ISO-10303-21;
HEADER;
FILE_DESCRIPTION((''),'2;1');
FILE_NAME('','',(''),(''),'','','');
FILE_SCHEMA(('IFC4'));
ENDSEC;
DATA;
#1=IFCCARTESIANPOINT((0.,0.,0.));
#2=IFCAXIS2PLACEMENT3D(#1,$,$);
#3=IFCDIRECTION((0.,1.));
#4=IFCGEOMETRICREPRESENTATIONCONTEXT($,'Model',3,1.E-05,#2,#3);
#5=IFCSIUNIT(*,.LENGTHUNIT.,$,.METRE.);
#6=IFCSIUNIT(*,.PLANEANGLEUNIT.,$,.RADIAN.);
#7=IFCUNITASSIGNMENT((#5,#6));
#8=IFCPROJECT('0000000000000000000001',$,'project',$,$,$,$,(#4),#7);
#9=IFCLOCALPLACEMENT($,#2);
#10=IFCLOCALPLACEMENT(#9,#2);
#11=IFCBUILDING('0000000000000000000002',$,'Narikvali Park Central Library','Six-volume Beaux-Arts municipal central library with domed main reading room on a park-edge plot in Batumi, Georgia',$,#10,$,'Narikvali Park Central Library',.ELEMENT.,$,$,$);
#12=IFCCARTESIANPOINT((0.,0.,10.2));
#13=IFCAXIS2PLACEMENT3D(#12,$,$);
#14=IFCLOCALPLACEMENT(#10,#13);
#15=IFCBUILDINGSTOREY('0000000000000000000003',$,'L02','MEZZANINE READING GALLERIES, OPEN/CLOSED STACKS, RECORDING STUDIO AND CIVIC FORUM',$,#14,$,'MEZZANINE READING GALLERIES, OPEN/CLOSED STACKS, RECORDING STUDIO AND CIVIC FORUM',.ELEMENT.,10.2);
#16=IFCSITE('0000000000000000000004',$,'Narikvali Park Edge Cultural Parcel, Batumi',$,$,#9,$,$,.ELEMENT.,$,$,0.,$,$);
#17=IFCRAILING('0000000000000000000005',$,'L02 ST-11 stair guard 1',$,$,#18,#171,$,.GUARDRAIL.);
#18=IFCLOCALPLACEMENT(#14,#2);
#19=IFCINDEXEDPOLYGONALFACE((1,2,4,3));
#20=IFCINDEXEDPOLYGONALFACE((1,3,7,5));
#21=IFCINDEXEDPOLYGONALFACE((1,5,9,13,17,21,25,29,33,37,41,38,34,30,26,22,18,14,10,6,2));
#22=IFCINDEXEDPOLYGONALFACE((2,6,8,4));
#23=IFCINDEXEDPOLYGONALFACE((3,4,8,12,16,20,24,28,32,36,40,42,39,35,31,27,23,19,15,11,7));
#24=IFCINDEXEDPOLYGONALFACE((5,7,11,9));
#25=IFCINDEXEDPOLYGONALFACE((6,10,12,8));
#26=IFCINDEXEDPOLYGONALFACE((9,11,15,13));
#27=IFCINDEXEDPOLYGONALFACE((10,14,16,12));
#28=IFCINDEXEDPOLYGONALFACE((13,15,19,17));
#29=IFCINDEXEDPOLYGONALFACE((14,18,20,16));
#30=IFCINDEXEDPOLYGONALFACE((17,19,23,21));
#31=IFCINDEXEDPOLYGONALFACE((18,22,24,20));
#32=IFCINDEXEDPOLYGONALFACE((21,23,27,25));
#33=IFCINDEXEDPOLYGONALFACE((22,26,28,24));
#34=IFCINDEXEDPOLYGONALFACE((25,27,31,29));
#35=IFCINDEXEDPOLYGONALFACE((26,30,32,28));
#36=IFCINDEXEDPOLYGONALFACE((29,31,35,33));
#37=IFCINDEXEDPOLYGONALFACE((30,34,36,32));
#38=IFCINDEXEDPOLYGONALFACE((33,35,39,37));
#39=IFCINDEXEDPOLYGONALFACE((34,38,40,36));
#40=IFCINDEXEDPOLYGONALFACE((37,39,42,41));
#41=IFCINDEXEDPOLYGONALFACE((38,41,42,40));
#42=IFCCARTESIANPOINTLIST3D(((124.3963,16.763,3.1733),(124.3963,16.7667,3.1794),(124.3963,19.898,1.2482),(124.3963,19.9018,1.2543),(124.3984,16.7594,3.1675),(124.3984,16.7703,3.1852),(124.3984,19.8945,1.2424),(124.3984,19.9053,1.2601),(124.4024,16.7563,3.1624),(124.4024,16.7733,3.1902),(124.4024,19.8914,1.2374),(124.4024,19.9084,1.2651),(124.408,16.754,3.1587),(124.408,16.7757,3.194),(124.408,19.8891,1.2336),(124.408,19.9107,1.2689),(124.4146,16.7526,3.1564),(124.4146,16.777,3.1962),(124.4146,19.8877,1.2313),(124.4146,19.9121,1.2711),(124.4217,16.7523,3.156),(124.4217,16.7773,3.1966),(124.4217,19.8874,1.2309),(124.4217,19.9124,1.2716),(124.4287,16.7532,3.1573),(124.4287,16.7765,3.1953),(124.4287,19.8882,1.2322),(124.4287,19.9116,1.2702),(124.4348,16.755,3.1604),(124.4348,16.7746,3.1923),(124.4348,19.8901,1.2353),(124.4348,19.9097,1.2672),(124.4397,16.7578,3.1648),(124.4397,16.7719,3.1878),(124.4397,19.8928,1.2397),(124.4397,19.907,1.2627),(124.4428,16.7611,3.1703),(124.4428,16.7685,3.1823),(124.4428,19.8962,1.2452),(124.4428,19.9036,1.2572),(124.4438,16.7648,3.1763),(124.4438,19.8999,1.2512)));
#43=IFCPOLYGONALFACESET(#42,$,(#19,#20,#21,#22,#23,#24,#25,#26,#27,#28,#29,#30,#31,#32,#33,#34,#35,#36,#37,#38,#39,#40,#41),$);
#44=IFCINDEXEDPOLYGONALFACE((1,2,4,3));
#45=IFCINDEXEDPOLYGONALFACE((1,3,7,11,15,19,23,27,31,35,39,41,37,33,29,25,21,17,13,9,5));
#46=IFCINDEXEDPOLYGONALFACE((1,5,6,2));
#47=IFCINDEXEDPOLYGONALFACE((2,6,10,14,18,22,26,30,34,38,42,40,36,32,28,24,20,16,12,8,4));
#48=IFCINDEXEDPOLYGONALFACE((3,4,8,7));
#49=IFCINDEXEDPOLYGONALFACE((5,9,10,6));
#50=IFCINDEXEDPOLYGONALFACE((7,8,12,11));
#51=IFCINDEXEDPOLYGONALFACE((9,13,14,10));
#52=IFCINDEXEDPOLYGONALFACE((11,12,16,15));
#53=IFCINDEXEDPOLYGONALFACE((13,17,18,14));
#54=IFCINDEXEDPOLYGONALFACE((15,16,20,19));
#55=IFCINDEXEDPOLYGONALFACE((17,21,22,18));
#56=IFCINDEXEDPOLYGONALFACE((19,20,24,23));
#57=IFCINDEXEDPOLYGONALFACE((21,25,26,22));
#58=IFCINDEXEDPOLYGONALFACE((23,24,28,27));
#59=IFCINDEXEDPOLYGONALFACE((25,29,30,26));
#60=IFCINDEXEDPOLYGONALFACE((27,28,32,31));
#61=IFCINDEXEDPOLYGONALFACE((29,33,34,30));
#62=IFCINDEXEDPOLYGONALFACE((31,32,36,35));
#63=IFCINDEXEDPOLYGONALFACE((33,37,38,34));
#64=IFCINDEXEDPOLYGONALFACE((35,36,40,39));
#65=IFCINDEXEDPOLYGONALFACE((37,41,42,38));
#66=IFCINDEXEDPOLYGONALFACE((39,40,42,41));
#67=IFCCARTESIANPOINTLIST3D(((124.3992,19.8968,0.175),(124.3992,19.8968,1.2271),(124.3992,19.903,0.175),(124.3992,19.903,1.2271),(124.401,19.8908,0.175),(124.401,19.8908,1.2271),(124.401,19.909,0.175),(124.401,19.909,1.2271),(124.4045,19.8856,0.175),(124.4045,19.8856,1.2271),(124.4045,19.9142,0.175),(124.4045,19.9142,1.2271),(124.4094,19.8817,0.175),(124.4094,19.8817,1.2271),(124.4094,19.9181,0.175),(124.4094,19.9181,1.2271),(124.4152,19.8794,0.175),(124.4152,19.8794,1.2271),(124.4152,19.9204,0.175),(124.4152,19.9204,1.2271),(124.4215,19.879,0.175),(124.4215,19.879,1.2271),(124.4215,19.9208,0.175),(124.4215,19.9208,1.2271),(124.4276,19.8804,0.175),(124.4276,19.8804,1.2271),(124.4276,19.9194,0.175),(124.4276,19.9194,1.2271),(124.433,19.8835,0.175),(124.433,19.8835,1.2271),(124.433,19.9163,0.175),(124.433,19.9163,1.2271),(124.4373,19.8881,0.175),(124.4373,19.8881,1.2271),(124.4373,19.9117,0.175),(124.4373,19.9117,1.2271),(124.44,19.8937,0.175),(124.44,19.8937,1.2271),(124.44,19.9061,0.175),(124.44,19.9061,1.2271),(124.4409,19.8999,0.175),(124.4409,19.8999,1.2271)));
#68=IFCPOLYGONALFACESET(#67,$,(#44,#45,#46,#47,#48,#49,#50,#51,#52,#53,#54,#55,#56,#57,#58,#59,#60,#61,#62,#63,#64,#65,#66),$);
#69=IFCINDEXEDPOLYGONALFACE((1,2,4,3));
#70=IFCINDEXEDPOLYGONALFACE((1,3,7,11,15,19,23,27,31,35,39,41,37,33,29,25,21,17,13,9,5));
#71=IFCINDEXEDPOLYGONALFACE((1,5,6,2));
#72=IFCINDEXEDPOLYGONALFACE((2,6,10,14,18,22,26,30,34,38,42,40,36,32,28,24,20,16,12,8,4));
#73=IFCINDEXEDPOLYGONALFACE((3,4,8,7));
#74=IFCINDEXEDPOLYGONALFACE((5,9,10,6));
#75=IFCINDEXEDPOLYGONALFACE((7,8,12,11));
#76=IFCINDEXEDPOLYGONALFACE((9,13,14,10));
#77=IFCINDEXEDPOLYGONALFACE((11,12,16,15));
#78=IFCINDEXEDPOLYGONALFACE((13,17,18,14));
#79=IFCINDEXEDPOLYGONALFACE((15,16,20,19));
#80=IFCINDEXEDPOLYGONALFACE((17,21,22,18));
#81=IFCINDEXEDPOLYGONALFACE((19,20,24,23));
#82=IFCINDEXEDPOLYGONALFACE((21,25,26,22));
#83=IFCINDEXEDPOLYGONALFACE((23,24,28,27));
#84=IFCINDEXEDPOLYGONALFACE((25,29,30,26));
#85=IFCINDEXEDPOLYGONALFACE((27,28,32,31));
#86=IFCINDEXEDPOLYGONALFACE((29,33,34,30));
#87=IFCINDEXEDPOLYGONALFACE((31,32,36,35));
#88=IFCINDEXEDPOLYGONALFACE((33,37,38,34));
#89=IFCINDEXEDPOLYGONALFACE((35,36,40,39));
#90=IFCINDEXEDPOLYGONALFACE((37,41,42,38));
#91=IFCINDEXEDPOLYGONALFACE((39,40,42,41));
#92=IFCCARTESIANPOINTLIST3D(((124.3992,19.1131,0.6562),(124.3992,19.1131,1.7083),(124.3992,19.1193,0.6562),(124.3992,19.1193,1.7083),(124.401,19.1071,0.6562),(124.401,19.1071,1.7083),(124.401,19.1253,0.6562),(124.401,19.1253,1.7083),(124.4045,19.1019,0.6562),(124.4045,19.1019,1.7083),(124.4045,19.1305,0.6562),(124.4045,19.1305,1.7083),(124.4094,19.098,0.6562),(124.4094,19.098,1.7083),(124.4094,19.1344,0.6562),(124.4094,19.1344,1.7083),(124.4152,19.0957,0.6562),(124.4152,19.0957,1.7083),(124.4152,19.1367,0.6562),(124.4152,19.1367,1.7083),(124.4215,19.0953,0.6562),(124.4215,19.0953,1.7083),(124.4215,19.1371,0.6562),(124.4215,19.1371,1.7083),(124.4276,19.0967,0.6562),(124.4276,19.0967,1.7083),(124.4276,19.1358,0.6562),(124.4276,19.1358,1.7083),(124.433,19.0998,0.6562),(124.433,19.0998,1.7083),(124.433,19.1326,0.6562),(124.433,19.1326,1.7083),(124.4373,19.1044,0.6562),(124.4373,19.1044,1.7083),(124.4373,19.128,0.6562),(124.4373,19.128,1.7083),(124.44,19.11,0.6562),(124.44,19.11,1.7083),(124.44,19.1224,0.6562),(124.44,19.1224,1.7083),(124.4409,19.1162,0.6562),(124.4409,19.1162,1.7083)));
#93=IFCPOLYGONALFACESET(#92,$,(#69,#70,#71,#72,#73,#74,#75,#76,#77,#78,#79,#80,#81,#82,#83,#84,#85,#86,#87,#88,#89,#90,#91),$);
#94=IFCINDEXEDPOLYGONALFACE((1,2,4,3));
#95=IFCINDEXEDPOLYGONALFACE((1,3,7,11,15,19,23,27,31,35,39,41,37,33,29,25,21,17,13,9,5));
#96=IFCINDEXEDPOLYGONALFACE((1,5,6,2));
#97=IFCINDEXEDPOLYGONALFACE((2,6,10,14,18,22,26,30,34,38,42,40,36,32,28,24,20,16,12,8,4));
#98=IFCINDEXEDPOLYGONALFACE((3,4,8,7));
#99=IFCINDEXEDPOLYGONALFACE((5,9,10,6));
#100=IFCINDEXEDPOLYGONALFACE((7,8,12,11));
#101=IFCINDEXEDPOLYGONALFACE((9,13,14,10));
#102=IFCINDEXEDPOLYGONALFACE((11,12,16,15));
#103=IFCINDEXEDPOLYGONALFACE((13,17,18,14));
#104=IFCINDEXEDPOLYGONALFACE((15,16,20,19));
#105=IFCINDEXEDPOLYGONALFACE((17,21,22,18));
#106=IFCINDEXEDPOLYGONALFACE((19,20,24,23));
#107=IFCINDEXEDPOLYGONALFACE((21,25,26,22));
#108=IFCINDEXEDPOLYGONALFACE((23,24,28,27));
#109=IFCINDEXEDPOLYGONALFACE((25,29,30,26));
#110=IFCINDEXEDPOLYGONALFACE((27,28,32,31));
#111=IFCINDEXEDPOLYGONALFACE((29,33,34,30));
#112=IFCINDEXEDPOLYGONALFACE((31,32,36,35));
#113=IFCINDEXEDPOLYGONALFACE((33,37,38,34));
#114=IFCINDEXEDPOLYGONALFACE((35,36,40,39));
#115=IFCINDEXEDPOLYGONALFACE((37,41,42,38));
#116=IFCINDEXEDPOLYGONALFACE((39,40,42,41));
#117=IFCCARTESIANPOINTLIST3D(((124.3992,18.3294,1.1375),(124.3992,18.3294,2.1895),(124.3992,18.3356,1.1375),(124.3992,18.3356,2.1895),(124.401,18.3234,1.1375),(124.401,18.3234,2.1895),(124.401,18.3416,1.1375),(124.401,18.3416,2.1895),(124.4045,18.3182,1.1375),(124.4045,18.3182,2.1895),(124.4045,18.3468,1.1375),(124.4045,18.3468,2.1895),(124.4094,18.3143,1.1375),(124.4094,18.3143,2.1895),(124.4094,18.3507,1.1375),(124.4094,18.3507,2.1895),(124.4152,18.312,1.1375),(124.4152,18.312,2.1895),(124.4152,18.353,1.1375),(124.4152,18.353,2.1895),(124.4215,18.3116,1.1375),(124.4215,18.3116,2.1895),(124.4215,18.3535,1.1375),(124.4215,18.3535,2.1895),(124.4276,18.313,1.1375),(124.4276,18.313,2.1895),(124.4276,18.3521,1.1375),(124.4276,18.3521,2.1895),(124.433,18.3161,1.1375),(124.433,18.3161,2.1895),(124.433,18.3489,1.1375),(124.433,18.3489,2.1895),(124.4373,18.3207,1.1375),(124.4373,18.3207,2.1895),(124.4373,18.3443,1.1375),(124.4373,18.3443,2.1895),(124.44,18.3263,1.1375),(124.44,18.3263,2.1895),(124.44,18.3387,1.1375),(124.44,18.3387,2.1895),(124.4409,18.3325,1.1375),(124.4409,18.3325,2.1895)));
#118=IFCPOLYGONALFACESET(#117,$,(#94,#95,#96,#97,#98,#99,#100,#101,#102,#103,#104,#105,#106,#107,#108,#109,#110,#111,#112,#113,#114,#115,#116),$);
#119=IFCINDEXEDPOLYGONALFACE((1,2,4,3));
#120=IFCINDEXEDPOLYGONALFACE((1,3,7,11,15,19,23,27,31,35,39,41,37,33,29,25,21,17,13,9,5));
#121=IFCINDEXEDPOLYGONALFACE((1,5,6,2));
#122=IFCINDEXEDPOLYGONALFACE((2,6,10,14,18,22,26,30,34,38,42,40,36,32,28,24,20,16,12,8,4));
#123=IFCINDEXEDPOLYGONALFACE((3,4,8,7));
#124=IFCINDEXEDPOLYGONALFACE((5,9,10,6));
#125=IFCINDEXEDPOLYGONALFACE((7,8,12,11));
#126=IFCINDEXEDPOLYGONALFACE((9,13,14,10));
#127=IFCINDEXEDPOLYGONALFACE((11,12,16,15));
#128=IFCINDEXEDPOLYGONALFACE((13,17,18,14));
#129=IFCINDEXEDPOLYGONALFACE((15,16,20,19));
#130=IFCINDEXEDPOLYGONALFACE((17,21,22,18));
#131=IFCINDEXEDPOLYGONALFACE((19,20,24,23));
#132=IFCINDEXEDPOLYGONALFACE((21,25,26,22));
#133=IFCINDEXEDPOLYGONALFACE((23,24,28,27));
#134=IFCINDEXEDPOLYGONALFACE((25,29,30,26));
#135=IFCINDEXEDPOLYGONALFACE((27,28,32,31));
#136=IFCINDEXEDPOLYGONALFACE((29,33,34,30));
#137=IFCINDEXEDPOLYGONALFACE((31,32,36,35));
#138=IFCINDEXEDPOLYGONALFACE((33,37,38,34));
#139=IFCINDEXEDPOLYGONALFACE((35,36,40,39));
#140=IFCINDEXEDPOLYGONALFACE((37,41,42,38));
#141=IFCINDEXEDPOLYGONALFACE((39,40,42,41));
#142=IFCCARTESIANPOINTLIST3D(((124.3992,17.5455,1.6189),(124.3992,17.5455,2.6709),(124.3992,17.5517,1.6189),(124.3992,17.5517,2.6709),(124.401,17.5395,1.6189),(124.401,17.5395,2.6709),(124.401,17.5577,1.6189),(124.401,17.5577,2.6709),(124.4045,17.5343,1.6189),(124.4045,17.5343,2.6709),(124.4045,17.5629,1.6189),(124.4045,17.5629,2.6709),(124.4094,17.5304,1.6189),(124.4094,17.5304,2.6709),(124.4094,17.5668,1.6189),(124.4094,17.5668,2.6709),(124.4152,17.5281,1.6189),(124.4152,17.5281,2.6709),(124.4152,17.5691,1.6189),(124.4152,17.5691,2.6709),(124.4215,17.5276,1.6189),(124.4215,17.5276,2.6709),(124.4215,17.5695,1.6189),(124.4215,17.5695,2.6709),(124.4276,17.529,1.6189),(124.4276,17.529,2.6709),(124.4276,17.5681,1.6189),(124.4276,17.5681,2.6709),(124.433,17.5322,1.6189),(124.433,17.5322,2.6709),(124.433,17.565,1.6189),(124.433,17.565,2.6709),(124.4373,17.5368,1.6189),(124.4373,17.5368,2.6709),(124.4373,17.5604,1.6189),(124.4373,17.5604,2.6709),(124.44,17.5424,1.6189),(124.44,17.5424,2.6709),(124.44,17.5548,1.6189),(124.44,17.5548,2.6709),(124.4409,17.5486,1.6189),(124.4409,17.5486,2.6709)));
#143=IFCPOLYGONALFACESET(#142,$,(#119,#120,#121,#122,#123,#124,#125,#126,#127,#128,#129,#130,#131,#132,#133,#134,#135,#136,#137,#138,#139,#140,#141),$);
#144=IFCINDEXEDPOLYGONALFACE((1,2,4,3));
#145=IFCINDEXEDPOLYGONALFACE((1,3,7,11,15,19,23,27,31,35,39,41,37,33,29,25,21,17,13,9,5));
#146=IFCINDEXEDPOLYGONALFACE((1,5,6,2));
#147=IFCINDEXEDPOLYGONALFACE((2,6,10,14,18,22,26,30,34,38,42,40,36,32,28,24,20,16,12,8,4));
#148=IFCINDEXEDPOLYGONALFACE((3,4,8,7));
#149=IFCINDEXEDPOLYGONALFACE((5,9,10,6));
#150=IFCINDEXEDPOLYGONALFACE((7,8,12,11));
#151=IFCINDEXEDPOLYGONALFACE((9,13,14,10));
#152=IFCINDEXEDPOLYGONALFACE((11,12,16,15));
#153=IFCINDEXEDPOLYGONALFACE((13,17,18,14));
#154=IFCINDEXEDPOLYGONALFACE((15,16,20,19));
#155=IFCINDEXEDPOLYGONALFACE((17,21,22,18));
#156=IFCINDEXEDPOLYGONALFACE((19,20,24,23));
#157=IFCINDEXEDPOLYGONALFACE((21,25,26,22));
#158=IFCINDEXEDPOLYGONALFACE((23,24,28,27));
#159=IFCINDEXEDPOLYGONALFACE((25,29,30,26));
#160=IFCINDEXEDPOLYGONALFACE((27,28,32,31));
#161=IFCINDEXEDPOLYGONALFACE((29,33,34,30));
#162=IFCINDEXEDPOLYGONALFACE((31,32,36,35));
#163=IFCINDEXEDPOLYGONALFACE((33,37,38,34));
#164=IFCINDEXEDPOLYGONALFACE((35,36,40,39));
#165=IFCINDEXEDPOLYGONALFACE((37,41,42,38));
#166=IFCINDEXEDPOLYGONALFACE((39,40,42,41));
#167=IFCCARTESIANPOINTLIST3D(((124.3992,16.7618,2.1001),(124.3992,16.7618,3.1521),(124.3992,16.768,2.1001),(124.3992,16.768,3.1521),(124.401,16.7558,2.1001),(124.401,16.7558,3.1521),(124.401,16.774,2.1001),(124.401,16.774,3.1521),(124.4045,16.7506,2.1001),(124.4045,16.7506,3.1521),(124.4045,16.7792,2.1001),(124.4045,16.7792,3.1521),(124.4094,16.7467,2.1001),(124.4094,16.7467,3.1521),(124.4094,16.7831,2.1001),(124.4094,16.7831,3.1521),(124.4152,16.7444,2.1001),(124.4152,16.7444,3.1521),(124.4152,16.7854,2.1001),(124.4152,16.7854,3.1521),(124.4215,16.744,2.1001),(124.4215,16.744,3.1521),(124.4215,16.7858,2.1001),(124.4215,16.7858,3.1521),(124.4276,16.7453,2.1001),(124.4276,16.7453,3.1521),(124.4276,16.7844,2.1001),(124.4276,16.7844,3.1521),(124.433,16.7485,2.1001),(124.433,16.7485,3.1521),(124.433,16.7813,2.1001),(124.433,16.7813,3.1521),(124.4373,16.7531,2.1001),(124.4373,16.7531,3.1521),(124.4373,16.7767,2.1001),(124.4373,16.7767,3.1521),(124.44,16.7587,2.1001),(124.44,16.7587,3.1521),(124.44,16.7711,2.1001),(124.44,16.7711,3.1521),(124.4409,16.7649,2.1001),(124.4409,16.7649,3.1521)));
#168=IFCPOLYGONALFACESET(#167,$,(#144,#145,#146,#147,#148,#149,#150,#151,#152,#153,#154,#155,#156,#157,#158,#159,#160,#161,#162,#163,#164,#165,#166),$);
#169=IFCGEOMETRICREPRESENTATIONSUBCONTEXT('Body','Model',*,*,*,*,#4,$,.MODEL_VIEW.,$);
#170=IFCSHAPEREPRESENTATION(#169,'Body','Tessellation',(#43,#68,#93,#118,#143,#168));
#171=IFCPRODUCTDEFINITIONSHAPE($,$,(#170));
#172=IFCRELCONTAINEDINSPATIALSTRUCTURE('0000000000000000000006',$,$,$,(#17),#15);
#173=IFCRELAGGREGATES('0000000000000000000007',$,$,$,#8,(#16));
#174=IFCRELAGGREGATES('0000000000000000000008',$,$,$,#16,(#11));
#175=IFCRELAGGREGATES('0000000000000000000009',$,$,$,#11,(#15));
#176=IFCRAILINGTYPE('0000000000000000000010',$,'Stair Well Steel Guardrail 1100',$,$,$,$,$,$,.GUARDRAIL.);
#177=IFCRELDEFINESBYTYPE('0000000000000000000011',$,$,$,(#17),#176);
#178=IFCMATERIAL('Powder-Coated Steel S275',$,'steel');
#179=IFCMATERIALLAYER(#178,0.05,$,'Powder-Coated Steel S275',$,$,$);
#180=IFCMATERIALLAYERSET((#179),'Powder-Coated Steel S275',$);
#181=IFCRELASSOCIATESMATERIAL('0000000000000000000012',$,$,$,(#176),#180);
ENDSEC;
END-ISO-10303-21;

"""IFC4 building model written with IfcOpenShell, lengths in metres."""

from ifc_helpers import new_model, si_unit, direction, frame, origin, origin_2d, place, context, subcontext, project, spatial, circle, extrude, material, layer, layer_set, type_object, element, save


model = new_model("IFC4")

# Units and contexts
model_context = context("Model", 3, precision=1e-05, world=origin(), true_north=direction((0.0, 1.0)))
body_context = subcontext(model_context, "Body", "Model", "MODEL_VIEW")
ifc_project = project(units=[si_unit("LENGTHUNIT", "METRE"), si_unit("PLANEANGLEUNIT", "RADIAN")], contexts=[model_context])

# Site, building, storey
site_placement = place(None, origin())
site = spatial("IfcSite", under=ifc_project, at=site_placement, Name="Narikvali Park Edge Cultural Parcel, Batumi", CompositionType="ELEMENT", RefElevation=0.0)
building_placement = place(site_placement, origin())
building = spatial("IfcBuilding", under=site, at=building_placement, Name="Narikvali Park Central Library", Description="Six-volume Beaux-Arts municipal central library with domed main reading room on a park-edge plot in Batumi, Georgia", LongName="Narikvali Park Central Library", CompositionType="ELEMENT")
storey_placement = place(building_placement, frame((0.0, 0.0, 10.2)))
storey = spatial("IfcBuildingStorey", under=building, at=storey_placement, Name="L02", Description="MEZZANINE READING GALLERIES, OPEN/CLOSED STACKS, RECORDING STUDIO AND CIVIC FORUM", LongName="MEZZANINE READING GALLERIES, OPEN/CLOSED STACKS, RECORDING STUDIO AND CIVIC FORUM", CompositionType="ELEMENT", Elevation=10.2)

# Railing
ifc_material_1 = material(Name="Powder-Coated Steel S275", Category="steel")
ifc_layer_1 = layer(ifc_material_1, 0.05, Name="Powder-Coated Steel S275")
ifc_layer_set_1 = layer_set([ifc_layer_1], Name="Powder-Coated Steel S275")
railing_type_1 = type_object("IfcRailingType", Name="Stair Well Steel Guardrail 1100", PredefinedType="GUARDRAIL", material=ifc_layer_set_1)
railing_1_placement = place(storey_placement, frame((124.4199, 19.8999, 0.175)))
element("IfcRailing", 1, at=railing_1_placement, inside=storey, type_object=railing_type_1, Name="L02 ST-11 stair guard 1", PredefinedType="GUARDRAIL", context=body_context, shape_type="SweptSolid", body=[
    extrude(circle(Radius=0.0239, at=origin_2d()), frame((0.0, 0.0, 1.0762), z_axis=(0.0, -0.852166, 0.523271), x_axis=(1.0, 0.0, 0.0)), (0.0, 0.0, 1.0), 3.679),
    extrude(circle(Radius=0.021, at=origin_2d()), origin(), (0.0, 0.0, 1.0), 1.052),
    extrude(circle(Radius=0.021, at=origin_2d()), frame((0.0, -0.7837, 0.4812)), (0.0, 0.0, 1.0), 1.052),
    extrude(circle(Radius=0.021, at=origin_2d()), frame((0.0, -1.5674, 0.9624)), (0.0, 0.0, 1.0), 1.052),
    extrude(circle(Radius=0.021, at=origin_2d()), frame((0.0, -2.3513, 1.4438)), (0.0, 0.0, 1.0), 1.052),
    extrude(circle(Radius=0.021, at=origin_2d()), frame((0.0, -3.135, 1.925)), (0.0, 0.0, 1.0), 1.052),
])

save(model, "model.ifc")
